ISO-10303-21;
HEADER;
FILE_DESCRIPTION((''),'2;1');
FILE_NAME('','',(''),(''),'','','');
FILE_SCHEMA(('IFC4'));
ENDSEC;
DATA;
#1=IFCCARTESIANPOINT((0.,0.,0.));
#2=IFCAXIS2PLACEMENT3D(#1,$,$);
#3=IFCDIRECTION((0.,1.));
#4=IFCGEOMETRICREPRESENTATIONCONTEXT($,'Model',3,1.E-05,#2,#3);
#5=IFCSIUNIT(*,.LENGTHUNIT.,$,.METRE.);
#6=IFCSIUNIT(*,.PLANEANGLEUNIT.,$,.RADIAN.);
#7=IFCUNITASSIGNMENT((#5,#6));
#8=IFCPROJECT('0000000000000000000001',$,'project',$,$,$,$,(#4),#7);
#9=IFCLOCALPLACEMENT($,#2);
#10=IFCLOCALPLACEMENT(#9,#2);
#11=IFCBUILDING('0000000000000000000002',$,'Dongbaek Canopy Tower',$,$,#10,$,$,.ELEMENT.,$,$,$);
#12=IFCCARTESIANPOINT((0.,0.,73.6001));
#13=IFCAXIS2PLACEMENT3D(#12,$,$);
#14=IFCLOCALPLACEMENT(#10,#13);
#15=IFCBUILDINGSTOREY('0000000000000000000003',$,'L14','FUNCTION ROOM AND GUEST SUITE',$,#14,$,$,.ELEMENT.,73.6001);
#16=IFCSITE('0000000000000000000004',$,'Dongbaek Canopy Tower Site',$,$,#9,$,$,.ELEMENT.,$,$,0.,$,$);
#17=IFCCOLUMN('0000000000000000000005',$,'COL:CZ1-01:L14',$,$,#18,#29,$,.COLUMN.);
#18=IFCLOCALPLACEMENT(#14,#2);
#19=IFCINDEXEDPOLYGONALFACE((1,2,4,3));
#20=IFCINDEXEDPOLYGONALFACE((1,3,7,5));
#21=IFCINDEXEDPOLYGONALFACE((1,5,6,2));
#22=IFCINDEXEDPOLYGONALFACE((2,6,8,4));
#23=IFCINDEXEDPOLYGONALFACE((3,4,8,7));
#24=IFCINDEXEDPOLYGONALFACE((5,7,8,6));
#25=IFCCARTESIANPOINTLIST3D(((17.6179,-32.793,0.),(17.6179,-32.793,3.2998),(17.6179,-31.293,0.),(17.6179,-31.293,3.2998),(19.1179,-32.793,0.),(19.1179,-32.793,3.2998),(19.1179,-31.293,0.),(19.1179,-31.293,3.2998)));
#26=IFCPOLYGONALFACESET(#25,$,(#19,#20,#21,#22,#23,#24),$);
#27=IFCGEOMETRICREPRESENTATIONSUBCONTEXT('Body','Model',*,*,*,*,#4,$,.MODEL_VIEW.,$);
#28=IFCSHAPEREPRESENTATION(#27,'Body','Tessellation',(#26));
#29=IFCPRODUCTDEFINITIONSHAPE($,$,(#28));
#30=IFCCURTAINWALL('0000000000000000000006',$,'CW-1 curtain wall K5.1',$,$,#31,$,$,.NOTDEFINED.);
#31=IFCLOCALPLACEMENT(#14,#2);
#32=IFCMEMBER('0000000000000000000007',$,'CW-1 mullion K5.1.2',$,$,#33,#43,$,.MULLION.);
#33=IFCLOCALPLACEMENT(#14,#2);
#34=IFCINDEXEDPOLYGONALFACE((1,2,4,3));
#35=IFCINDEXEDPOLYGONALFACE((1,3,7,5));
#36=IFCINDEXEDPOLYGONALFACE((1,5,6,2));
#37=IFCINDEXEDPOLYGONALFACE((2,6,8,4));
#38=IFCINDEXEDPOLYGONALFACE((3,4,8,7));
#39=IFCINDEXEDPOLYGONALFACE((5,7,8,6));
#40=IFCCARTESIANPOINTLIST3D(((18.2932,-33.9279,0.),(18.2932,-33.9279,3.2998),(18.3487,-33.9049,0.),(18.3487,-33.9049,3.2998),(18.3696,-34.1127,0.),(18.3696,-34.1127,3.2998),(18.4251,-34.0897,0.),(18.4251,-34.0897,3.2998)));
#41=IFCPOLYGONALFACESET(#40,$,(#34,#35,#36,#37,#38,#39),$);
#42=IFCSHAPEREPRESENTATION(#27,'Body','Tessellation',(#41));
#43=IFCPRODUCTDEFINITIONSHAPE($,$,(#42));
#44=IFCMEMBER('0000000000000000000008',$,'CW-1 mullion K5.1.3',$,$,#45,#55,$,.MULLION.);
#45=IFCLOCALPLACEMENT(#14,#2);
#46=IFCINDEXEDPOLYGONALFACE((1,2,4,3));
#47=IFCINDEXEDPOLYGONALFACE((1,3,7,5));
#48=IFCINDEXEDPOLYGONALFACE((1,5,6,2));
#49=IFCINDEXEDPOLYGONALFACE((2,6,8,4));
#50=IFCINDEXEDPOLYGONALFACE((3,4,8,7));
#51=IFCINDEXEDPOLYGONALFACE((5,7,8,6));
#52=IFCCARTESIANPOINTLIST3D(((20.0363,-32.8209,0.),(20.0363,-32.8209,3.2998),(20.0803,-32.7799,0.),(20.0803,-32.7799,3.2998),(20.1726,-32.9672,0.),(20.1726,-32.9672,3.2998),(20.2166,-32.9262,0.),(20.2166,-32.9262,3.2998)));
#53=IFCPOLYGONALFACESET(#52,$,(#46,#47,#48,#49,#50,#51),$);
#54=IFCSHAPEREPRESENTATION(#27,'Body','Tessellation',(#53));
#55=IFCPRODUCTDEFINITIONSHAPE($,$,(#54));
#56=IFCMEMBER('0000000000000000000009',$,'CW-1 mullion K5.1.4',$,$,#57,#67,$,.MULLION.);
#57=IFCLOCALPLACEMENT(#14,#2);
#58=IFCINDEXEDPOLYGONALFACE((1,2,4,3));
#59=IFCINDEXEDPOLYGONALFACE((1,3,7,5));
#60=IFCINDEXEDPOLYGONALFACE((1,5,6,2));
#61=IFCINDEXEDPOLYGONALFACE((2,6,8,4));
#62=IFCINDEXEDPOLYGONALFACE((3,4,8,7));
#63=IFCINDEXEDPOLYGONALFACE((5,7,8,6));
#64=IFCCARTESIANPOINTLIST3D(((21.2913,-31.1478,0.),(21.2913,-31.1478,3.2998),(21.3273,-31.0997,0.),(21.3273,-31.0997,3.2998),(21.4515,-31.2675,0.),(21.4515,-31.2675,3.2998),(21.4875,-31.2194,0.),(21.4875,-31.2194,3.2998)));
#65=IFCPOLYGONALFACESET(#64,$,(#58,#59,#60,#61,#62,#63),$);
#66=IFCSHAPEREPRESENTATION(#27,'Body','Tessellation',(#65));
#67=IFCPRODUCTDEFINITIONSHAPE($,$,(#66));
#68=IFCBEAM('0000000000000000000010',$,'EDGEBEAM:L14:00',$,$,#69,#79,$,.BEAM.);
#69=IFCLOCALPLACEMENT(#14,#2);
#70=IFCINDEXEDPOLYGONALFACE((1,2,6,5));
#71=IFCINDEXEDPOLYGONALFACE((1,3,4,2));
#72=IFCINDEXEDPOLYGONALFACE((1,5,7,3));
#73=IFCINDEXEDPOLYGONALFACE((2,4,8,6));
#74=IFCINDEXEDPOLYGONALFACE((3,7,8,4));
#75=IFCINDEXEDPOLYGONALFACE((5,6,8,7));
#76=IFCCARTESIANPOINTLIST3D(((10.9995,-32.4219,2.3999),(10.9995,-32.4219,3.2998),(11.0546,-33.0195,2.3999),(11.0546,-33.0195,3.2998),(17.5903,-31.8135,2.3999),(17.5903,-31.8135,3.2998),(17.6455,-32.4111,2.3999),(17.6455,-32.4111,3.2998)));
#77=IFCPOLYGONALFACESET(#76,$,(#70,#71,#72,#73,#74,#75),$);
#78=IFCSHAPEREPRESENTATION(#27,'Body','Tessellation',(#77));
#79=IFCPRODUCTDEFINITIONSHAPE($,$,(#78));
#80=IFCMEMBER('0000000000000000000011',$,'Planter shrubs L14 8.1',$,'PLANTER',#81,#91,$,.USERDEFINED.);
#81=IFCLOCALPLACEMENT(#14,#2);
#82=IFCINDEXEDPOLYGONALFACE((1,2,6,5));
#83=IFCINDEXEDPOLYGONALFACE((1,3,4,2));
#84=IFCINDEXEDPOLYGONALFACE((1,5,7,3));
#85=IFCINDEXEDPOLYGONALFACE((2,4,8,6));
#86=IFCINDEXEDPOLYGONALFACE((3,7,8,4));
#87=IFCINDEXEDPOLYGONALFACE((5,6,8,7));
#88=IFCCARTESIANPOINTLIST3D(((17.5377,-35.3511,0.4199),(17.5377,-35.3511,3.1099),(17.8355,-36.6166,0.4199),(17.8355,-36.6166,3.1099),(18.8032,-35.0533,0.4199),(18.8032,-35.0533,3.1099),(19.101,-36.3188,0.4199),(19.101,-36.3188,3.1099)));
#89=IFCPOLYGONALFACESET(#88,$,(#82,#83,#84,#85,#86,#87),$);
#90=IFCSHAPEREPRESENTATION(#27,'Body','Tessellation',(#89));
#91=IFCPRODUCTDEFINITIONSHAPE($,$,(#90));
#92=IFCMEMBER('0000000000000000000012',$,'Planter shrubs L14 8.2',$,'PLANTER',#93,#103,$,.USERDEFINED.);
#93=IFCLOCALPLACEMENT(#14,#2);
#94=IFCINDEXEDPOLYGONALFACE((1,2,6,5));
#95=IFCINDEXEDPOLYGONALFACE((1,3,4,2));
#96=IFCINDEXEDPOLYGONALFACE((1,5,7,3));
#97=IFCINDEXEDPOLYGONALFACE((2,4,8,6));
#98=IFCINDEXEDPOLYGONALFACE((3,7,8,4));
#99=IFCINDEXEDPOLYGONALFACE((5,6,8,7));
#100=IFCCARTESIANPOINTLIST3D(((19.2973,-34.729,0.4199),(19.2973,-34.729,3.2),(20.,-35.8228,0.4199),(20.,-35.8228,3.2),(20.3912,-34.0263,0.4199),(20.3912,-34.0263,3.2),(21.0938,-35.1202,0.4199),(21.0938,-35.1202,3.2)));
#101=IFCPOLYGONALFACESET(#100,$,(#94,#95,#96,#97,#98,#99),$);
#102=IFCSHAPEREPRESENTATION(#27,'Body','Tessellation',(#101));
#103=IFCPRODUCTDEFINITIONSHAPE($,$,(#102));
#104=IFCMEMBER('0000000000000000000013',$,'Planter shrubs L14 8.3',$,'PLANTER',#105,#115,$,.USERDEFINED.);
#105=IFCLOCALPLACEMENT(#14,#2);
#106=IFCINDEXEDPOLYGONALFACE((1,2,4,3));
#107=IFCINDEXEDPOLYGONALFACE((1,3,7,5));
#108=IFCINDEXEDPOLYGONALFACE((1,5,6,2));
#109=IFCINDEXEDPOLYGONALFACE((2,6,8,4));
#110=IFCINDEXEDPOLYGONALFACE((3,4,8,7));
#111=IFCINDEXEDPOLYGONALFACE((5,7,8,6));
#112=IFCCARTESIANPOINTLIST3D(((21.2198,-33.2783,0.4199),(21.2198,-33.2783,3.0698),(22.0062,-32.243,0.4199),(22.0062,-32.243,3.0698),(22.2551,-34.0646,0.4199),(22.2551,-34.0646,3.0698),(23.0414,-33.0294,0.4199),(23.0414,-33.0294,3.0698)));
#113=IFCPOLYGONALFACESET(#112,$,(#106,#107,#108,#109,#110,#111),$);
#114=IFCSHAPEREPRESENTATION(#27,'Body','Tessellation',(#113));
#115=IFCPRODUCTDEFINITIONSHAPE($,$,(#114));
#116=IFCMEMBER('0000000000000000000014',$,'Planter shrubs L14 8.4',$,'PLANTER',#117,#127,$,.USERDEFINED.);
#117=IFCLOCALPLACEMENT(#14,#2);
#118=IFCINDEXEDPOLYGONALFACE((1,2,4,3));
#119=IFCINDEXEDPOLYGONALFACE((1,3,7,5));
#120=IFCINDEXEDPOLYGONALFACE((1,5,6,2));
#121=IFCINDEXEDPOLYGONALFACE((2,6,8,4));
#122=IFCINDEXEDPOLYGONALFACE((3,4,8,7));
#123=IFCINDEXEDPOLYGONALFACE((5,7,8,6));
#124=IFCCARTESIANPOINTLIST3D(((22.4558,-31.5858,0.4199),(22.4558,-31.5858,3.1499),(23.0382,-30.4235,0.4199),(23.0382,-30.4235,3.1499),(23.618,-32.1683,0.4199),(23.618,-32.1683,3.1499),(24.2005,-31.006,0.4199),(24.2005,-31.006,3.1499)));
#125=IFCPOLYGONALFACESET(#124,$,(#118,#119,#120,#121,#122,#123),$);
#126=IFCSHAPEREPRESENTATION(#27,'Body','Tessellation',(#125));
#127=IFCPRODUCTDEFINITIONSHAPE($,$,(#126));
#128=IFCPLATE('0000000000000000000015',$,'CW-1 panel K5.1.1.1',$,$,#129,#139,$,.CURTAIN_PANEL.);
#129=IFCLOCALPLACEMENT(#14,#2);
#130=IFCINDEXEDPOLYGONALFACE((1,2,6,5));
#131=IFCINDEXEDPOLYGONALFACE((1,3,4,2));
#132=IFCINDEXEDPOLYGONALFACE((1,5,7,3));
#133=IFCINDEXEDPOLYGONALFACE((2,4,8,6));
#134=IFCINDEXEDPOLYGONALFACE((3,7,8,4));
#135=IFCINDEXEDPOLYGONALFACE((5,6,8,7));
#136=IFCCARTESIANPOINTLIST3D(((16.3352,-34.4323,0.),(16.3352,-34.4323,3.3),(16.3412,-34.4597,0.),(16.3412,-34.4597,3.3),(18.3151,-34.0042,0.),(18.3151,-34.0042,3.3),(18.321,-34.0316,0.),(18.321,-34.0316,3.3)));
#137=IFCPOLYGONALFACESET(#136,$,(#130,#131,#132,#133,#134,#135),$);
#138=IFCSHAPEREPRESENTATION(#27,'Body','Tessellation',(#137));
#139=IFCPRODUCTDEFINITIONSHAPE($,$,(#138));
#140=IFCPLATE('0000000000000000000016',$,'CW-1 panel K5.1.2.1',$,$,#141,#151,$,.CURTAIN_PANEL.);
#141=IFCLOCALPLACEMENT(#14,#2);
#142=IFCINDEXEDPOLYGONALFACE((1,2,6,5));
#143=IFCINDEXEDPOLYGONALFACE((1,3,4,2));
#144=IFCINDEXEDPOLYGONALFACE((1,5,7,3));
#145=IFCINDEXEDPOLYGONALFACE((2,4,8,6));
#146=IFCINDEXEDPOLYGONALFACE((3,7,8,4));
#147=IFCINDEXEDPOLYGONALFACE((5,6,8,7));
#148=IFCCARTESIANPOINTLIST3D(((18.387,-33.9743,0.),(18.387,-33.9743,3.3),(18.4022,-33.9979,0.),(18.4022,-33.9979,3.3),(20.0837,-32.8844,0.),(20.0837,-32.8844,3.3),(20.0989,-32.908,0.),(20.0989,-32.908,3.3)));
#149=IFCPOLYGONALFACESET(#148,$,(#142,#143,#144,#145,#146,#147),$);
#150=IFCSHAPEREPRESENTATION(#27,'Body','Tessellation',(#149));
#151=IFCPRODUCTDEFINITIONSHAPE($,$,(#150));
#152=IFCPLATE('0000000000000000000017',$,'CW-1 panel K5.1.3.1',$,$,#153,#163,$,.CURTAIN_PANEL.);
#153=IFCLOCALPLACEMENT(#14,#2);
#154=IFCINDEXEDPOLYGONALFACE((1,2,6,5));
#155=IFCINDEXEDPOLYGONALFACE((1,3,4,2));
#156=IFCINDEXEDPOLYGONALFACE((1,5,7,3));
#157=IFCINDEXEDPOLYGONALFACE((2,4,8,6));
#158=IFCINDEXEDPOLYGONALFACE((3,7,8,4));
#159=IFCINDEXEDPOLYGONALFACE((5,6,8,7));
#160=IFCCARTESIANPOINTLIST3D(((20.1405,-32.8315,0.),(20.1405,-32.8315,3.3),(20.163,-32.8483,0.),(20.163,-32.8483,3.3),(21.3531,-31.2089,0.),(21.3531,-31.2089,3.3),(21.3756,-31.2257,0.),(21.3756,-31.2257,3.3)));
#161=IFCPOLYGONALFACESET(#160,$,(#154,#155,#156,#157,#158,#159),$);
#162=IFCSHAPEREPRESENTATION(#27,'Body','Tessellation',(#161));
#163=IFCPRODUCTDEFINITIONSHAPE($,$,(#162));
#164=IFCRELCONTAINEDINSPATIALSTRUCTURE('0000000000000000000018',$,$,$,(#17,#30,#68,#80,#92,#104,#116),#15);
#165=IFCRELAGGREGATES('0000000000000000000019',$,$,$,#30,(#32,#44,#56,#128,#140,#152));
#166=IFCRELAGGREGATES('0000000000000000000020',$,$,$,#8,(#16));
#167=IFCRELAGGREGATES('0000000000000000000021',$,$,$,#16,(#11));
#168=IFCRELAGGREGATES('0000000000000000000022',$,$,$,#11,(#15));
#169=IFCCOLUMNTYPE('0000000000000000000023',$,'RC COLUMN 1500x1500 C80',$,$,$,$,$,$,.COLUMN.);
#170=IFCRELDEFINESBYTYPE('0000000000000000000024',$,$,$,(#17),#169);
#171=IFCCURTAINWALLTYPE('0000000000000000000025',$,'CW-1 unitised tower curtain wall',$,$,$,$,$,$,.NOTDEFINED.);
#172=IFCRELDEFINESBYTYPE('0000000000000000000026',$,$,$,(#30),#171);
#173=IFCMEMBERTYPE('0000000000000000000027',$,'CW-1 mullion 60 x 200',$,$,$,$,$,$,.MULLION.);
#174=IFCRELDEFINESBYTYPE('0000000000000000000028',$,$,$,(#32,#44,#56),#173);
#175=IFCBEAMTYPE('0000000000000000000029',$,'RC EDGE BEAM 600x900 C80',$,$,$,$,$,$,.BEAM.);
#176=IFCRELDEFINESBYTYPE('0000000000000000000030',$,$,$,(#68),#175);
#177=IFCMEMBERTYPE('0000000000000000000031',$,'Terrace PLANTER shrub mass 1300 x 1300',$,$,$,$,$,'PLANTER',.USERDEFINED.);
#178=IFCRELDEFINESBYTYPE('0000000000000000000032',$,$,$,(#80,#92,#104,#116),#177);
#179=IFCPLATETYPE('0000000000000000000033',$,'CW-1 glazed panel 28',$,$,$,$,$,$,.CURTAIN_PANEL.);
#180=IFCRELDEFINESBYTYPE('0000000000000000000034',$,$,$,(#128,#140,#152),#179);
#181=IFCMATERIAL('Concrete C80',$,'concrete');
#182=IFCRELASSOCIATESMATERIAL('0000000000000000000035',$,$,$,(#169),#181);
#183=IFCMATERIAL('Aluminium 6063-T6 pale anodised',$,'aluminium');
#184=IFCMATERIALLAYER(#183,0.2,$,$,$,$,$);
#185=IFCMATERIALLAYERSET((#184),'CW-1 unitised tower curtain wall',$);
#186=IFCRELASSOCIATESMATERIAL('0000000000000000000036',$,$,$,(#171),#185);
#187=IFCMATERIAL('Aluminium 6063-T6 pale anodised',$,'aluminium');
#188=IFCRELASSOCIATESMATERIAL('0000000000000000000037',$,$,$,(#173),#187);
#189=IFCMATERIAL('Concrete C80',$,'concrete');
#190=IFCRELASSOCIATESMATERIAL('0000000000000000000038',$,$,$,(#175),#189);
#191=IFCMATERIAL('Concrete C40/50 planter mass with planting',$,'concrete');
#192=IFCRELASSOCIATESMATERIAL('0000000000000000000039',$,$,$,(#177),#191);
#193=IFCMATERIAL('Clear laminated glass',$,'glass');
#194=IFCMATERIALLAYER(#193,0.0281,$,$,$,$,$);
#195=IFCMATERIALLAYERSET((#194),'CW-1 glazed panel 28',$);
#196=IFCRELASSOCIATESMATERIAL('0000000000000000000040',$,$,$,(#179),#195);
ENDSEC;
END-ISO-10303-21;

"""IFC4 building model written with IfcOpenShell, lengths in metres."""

from ifc_helpers import new_model, si_unit, direction, frame, origin, origin_2d, place, context, subcontext, project, spatial, rectangle, extrude, material, layer, layer_set, material_profile, profile_set, type_object, element, aggregate, save


model = new_model("IFC4")

# Units and contexts
model_context = context("Model", 3, precision=1e-05, world=origin(), true_north=direction((0.0, 1.0)))
body_context = subcontext(model_context, "Body", "Model", "MODEL_VIEW")
ifc_project = project(units=[si_unit("LENGTHUNIT", "METRE"), si_unit("PLANEANGLEUNIT", "RADIAN")], contexts=[model_context])

# Site, building, storey
site_placement = place(None, origin())
site = spatial("IfcSite", under=ifc_project, at=site_placement, Name="Dongbaek Canopy Tower Site", CompositionType="ELEMENT", RefElevation=0.0)
building_placement = place(site_placement, origin())
building = spatial("IfcBuilding", under=site, at=building_placement, Name="Dongbaek Canopy Tower", CompositionType="ELEMENT")
storey_placement = place(building_placement, frame((0.0, 0.0, 73.6001)))
storey = spatial("IfcBuildingStorey", under=building, at=storey_placement, Name="L14", Description="FUNCTION ROOM AND GUEST SUITE", CompositionType="ELEMENT", Elevation=73.6001)

# Column
ifc_material_1 = material(Name="Concrete C80", Category="concrete")
ifc_material_profile_1 = material_profile(ifc_material_1, rectangle(XDim=1.5, YDim=1.5, at=origin_2d()), Name="RC COLUMN 1500x1500 C80")
ifc_profile_set_1 = profile_set([ifc_material_profile_1], Name="Concrete C80")
column_type = type_object("IfcColumnType", Name="RC COLUMN 1500x1500 C80", PredefinedType="COLUMN", material=ifc_profile_set_1)
column_placement = place(storey_placement, frame((18.3679, -32.043, 0.0), z_axis=(0.0, 0.0, 1.0), x_axis=(1.0, 0.0, 0.0)))
element("IfcColumn", 1, at=column_placement, inside=storey, type_object=column_type, Name="COL:CZ1-01:L14", PredefinedType="COLUMN", context=body_context, shape_type="SweptSolid", body=[
    extrude(rectangle(XDim=1.5, YDim=1.5, at=origin_2d()), origin(), (0.0, 0.0, 1.0), 3.2998),
])

# Curtain wall, members
ifc_material_2 = material(Name="Aluminium 6063-T6 pale anodised", Category="aluminium")
ifc_layer_1 = layer(ifc_material_2, 0.2)
ifc_layer_set_1 = layer_set([ifc_layer_1], Name="CW-1 unitised tower curtain wall")
curtain_wall_type = type_object("IfcCurtainWallType", Name="CW-1 unitised tower curtain wall", PredefinedType="NOTDEFINED", material=ifc_layer_set_1)
curtain_wall_placement = place(storey_placement, origin())
curtain_wall = element("IfcCurtainWall", 2, at=curtain_wall_placement, inside=storey, type_object=curtain_wall_type, Name="CW-1 curtain wall K5.1", PredefinedType="NOTDEFINED")
ifc_material_3 = material(Name="Aluminium 6063-T6 pale anodised", Category="aluminium")
ifc_material_profile_2 = material_profile(ifc_material_3, rectangle(XDim=0.2, YDim=0.0601, at=origin_2d()), Name="CW-1 mullion 60 x 200")
ifc_profile_set_2 = profile_set([ifc_material_profile_2], Name="Aluminium 6063-T6 pale anodised")
member_type_1 = type_object("IfcMemberType", Name="CW-1 mullion 60 x 200", PredefinedType="MULLION", material=ifc_profile_set_2)
member_1_placement = place(storey_placement, frame((18.3591, -34.0088, 0.0), z_axis=(0.0, 0.0, 1.0), x_axis=(0.382011, -0.924158, 0.0)))
member_1 = element("IfcMember", 3, at=member_1_placement, type_object=member_type_1, Name="CW-1 mullion K5.1.2", PredefinedType="MULLION", context=body_context, shape_type="SweptSolid", body=[
    extrude(rectangle(XDim=0.2, YDim=0.0601, at=origin_2d()), origin(), (0.0, 0.0, 1.0), 3.2998),
])
member_2_placement = place(storey_placement, frame((20.1265, -32.8735, 0.0), z_axis=(0.0, 0.0, 1.0), x_axis=(0.681641, -0.731687, 0.0)))
member_2 = element("IfcMember", 4, at=member_2_placement, type_object=member_type_1, Name="CW-1 mullion K5.1.3", PredefinedType="MULLION", context=body_context, shape_type="SweptSolid", body=[
    extrude(rectangle(XDim=0.2, YDim=0.0601, at=origin_2d()), origin(), (0.0, 0.0, 1.0), 3.2998),
])
member_3_placement = place(storey_placement, frame((21.3894, -31.1836, 0.0), z_axis=(0.0, 0.0, 1.0), x_axis=(0.801033, -0.59862, 0.0)))
member_3 = element("IfcMember", 5, at=member_3_placement, type_object=member_type_1, Name="CW-1 mullion K5.1.4", PredefinedType="MULLION", context=body_context, shape_type="SweptSolid", body=[
    extrude(rectangle(XDim=0.2, YDim=0.0601, at=origin_2d()), origin(), (0.0, 0.0, 1.0), 3.2998),
])

# Beam
ifc_material_4 = material(Name="Concrete C80", Category="concrete")
ifc_material_profile_3 = material_profile(ifc_material_4, rectangle(XDim=0.6001, YDim=0.8999, at=origin_2d()), Name="RC EDGE BEAM 600x900 C80")
ifc_profile_set_3 = profile_set([ifc_material_profile_3], Name="Concrete C80")
beam_type = type_object("IfcBeamType", Name="RC EDGE BEAM 600x900 C80", PredefinedType="BEAM", material=ifc_profile_set_3)
beam_placement = place(storey_placement, frame((17.6179, -32.1123, 2.8499), z_axis=(-0.995766, -0.091919, 0.0), x_axis=(0.091919, -0.995766, 0.0)))
element("IfcBeam", 6, at=beam_placement, inside=storey, type_object=beam_type, Name="EDGEBEAM:L14:00", PredefinedType="BEAM", context=body_context, shape_type="SweptSolid", body=[
    extrude(rectangle(XDim=0.6001, YDim=0.8999, at=origin_2d()), origin(), (0.0, 0.0, 1.0), 6.6189),
])

# Members
ifc_material_5 = material(Name="Concrete C40/50 planter mass with planting", Category="concrete")
ifc_material_profile_4 = material_profile(ifc_material_5, rectangle(XDim=1.3, YDim=1.3, at=origin_2d()), Name="Terrace PLANTER shrub mass 1300 x 1300")
ifc_profile_set_4 = profile_set([ifc_material_profile_4], Name="Concrete C40/50 planter mass with planting")
member_type_2 = type_object("IfcMemberType", Name="Terrace PLANTER shrub mass 1300 x 1300", ElementType="PLANTER", PredefinedType="USERDEFINED", material=ifc_profile_set_4)
member_4_placement = place(storey_placement, frame((18.3193, -35.835, 0.4199), z_axis=(0.0, 0.0, 1.0), x_axis=(0.229056, -0.973413, 0.0)))
element("IfcMember", 7, at=member_4_placement, inside=storey, type_object=member_type_2, Name="Planter shrubs L14 8.1", ObjectType="PLANTER", PredefinedType="USERDEFINED", context=body_context, shape_type="SweptSolid", body=[
    extrude(rectangle(XDim=1.3, YDim=1.3, at=origin_2d()), origin(), (0.0, 0.0, 1.0), 2.6899),
])
member_5_placement = place(storey_placement, frame((20.1956, -34.9246, 0.4199), z_axis=(0.0, 0.0, 1.0), x_axis=(0.540463, -0.841368, 0.0)))
element("IfcMember", 8, at=member_5_placement, inside=storey, type_object=member_type_2, Name="Planter shrubs L14 8.2", ObjectType="PLANTER", PredefinedType="USERDEFINED", context=body_context, shape_type="SweptSolid", body=[
    extrude(rectangle(XDim=1.3, YDim=1.3, at=origin_2d()), origin(), (0.0, 0.0, 1.0), 2.78),
])
member_6_placement = place(storey_placement, frame((22.1306, -33.1538, 0.4199), z_axis=(0.0, 0.0, 1.0), x_axis=(0.796328, -0.604865, 0.0)))
element("IfcMember", 9, at=member_6_placement, inside=storey, type_object=member_type_2, Name="Planter shrubs L14 8.3", ObjectType="PLANTER", PredefinedType="USERDEFINED", context=body_context, shape_type="SweptSolid", body=[
    extrude(rectangle(XDim=1.3, YDim=1.3, at=origin_2d()), origin(), (0.0, 0.0, 1.0), 2.6499),
])
member_7_placement = place(storey_placement, frame((23.3281, -31.2959, 0.4199), z_axis=(0.0, 0.0, 1.0), x_axis=(0.894006, -0.448055, 0.0)))
element("IfcMember", 10, at=member_7_placement, inside=storey, type_object=member_type_2, Name="Planter shrubs L14 8.4", ObjectType="PLANTER", PredefinedType="USERDEFINED", context=body_context, shape_type="SweptSolid", body=[
    extrude(rectangle(XDim=1.3, YDim=1.3, at=origin_2d()), origin(), (0.0, 0.0, 1.0), 2.73),
])

# Plates
ifc_material_6 = material(Name="Clear laminated glass", Category="glass")
ifc_layer_2 = layer(ifc_material_6, 0.0281)
ifc_layer_set_2 = layer_set([ifc_layer_2], Name="CW-1 glazed panel 28")
plate_type = type_object("IfcPlateType", Name="CW-1 glazed panel 28", PredefinedType="CURTAIN_PANEL", material=ifc_layer_set_2)
plate_1_placement = place(storey_placement, frame((17.3281, -34.2319, 0.0), z_axis=(0.0, 0.0, 1.0), x_axis=(0.977411, 0.211349, 0.0)))
plate_1 = element("IfcPlate", 11, at=plate_1_placement, type_object=plate_type, Name="CW-1 panel K5.1.1.1", PredefinedType="CURTAIN_PANEL", context=body_context, shape_type="SweptSolid", body=[
    extrude(rectangle(XDim=2.0256, YDim=0.0281, at=origin_2d()), origin(), (0.0, 0.0, 1.0), 3.3),
])
plate_2_placement = place(storey_placement, frame((19.2429, -33.4412, 0.0), z_axis=(0.0, 0.0, 1.0), x_axis=(0.841368, 0.540463, 0.0)))
plate_2 = element("IfcPlate", 12, at=plate_2_placement, type_object=plate_type, Name="CW-1 panel K5.1.2.1", PredefinedType="CURTAIN_PANEL", context=body_context, shape_type="SweptSolid", body=[
    extrude(rectangle(XDim=2.0166, YDim=0.0281, at=origin_2d()), origin(), (0.0, 0.0, 1.0), 3.3),
])
plate_3_placement = place(storey_placement, frame((20.7581, -32.0286, 0.0), z_axis=(0.0, 0.0, 1.0), x_axis=(0.59862, 0.801033, 0.0)))
plate_3 = element("IfcPlate", 13, at=plate_3_placement, type_object=plate_type, Name="CW-1 panel K5.1.3.1", PredefinedType="CURTAIN_PANEL", context=body_context, shape_type="SweptSolid", body=[
    extrude(rectangle(XDim=2.0256, YDim=0.0281, at=origin_2d()), origin(), (0.0, 0.0, 1.0), 3.3),
])
aggregate(curtain_wall, [member_1, member_2, member_3, plate_1, plate_2, plate_3])

save(model, "model.ifc")
